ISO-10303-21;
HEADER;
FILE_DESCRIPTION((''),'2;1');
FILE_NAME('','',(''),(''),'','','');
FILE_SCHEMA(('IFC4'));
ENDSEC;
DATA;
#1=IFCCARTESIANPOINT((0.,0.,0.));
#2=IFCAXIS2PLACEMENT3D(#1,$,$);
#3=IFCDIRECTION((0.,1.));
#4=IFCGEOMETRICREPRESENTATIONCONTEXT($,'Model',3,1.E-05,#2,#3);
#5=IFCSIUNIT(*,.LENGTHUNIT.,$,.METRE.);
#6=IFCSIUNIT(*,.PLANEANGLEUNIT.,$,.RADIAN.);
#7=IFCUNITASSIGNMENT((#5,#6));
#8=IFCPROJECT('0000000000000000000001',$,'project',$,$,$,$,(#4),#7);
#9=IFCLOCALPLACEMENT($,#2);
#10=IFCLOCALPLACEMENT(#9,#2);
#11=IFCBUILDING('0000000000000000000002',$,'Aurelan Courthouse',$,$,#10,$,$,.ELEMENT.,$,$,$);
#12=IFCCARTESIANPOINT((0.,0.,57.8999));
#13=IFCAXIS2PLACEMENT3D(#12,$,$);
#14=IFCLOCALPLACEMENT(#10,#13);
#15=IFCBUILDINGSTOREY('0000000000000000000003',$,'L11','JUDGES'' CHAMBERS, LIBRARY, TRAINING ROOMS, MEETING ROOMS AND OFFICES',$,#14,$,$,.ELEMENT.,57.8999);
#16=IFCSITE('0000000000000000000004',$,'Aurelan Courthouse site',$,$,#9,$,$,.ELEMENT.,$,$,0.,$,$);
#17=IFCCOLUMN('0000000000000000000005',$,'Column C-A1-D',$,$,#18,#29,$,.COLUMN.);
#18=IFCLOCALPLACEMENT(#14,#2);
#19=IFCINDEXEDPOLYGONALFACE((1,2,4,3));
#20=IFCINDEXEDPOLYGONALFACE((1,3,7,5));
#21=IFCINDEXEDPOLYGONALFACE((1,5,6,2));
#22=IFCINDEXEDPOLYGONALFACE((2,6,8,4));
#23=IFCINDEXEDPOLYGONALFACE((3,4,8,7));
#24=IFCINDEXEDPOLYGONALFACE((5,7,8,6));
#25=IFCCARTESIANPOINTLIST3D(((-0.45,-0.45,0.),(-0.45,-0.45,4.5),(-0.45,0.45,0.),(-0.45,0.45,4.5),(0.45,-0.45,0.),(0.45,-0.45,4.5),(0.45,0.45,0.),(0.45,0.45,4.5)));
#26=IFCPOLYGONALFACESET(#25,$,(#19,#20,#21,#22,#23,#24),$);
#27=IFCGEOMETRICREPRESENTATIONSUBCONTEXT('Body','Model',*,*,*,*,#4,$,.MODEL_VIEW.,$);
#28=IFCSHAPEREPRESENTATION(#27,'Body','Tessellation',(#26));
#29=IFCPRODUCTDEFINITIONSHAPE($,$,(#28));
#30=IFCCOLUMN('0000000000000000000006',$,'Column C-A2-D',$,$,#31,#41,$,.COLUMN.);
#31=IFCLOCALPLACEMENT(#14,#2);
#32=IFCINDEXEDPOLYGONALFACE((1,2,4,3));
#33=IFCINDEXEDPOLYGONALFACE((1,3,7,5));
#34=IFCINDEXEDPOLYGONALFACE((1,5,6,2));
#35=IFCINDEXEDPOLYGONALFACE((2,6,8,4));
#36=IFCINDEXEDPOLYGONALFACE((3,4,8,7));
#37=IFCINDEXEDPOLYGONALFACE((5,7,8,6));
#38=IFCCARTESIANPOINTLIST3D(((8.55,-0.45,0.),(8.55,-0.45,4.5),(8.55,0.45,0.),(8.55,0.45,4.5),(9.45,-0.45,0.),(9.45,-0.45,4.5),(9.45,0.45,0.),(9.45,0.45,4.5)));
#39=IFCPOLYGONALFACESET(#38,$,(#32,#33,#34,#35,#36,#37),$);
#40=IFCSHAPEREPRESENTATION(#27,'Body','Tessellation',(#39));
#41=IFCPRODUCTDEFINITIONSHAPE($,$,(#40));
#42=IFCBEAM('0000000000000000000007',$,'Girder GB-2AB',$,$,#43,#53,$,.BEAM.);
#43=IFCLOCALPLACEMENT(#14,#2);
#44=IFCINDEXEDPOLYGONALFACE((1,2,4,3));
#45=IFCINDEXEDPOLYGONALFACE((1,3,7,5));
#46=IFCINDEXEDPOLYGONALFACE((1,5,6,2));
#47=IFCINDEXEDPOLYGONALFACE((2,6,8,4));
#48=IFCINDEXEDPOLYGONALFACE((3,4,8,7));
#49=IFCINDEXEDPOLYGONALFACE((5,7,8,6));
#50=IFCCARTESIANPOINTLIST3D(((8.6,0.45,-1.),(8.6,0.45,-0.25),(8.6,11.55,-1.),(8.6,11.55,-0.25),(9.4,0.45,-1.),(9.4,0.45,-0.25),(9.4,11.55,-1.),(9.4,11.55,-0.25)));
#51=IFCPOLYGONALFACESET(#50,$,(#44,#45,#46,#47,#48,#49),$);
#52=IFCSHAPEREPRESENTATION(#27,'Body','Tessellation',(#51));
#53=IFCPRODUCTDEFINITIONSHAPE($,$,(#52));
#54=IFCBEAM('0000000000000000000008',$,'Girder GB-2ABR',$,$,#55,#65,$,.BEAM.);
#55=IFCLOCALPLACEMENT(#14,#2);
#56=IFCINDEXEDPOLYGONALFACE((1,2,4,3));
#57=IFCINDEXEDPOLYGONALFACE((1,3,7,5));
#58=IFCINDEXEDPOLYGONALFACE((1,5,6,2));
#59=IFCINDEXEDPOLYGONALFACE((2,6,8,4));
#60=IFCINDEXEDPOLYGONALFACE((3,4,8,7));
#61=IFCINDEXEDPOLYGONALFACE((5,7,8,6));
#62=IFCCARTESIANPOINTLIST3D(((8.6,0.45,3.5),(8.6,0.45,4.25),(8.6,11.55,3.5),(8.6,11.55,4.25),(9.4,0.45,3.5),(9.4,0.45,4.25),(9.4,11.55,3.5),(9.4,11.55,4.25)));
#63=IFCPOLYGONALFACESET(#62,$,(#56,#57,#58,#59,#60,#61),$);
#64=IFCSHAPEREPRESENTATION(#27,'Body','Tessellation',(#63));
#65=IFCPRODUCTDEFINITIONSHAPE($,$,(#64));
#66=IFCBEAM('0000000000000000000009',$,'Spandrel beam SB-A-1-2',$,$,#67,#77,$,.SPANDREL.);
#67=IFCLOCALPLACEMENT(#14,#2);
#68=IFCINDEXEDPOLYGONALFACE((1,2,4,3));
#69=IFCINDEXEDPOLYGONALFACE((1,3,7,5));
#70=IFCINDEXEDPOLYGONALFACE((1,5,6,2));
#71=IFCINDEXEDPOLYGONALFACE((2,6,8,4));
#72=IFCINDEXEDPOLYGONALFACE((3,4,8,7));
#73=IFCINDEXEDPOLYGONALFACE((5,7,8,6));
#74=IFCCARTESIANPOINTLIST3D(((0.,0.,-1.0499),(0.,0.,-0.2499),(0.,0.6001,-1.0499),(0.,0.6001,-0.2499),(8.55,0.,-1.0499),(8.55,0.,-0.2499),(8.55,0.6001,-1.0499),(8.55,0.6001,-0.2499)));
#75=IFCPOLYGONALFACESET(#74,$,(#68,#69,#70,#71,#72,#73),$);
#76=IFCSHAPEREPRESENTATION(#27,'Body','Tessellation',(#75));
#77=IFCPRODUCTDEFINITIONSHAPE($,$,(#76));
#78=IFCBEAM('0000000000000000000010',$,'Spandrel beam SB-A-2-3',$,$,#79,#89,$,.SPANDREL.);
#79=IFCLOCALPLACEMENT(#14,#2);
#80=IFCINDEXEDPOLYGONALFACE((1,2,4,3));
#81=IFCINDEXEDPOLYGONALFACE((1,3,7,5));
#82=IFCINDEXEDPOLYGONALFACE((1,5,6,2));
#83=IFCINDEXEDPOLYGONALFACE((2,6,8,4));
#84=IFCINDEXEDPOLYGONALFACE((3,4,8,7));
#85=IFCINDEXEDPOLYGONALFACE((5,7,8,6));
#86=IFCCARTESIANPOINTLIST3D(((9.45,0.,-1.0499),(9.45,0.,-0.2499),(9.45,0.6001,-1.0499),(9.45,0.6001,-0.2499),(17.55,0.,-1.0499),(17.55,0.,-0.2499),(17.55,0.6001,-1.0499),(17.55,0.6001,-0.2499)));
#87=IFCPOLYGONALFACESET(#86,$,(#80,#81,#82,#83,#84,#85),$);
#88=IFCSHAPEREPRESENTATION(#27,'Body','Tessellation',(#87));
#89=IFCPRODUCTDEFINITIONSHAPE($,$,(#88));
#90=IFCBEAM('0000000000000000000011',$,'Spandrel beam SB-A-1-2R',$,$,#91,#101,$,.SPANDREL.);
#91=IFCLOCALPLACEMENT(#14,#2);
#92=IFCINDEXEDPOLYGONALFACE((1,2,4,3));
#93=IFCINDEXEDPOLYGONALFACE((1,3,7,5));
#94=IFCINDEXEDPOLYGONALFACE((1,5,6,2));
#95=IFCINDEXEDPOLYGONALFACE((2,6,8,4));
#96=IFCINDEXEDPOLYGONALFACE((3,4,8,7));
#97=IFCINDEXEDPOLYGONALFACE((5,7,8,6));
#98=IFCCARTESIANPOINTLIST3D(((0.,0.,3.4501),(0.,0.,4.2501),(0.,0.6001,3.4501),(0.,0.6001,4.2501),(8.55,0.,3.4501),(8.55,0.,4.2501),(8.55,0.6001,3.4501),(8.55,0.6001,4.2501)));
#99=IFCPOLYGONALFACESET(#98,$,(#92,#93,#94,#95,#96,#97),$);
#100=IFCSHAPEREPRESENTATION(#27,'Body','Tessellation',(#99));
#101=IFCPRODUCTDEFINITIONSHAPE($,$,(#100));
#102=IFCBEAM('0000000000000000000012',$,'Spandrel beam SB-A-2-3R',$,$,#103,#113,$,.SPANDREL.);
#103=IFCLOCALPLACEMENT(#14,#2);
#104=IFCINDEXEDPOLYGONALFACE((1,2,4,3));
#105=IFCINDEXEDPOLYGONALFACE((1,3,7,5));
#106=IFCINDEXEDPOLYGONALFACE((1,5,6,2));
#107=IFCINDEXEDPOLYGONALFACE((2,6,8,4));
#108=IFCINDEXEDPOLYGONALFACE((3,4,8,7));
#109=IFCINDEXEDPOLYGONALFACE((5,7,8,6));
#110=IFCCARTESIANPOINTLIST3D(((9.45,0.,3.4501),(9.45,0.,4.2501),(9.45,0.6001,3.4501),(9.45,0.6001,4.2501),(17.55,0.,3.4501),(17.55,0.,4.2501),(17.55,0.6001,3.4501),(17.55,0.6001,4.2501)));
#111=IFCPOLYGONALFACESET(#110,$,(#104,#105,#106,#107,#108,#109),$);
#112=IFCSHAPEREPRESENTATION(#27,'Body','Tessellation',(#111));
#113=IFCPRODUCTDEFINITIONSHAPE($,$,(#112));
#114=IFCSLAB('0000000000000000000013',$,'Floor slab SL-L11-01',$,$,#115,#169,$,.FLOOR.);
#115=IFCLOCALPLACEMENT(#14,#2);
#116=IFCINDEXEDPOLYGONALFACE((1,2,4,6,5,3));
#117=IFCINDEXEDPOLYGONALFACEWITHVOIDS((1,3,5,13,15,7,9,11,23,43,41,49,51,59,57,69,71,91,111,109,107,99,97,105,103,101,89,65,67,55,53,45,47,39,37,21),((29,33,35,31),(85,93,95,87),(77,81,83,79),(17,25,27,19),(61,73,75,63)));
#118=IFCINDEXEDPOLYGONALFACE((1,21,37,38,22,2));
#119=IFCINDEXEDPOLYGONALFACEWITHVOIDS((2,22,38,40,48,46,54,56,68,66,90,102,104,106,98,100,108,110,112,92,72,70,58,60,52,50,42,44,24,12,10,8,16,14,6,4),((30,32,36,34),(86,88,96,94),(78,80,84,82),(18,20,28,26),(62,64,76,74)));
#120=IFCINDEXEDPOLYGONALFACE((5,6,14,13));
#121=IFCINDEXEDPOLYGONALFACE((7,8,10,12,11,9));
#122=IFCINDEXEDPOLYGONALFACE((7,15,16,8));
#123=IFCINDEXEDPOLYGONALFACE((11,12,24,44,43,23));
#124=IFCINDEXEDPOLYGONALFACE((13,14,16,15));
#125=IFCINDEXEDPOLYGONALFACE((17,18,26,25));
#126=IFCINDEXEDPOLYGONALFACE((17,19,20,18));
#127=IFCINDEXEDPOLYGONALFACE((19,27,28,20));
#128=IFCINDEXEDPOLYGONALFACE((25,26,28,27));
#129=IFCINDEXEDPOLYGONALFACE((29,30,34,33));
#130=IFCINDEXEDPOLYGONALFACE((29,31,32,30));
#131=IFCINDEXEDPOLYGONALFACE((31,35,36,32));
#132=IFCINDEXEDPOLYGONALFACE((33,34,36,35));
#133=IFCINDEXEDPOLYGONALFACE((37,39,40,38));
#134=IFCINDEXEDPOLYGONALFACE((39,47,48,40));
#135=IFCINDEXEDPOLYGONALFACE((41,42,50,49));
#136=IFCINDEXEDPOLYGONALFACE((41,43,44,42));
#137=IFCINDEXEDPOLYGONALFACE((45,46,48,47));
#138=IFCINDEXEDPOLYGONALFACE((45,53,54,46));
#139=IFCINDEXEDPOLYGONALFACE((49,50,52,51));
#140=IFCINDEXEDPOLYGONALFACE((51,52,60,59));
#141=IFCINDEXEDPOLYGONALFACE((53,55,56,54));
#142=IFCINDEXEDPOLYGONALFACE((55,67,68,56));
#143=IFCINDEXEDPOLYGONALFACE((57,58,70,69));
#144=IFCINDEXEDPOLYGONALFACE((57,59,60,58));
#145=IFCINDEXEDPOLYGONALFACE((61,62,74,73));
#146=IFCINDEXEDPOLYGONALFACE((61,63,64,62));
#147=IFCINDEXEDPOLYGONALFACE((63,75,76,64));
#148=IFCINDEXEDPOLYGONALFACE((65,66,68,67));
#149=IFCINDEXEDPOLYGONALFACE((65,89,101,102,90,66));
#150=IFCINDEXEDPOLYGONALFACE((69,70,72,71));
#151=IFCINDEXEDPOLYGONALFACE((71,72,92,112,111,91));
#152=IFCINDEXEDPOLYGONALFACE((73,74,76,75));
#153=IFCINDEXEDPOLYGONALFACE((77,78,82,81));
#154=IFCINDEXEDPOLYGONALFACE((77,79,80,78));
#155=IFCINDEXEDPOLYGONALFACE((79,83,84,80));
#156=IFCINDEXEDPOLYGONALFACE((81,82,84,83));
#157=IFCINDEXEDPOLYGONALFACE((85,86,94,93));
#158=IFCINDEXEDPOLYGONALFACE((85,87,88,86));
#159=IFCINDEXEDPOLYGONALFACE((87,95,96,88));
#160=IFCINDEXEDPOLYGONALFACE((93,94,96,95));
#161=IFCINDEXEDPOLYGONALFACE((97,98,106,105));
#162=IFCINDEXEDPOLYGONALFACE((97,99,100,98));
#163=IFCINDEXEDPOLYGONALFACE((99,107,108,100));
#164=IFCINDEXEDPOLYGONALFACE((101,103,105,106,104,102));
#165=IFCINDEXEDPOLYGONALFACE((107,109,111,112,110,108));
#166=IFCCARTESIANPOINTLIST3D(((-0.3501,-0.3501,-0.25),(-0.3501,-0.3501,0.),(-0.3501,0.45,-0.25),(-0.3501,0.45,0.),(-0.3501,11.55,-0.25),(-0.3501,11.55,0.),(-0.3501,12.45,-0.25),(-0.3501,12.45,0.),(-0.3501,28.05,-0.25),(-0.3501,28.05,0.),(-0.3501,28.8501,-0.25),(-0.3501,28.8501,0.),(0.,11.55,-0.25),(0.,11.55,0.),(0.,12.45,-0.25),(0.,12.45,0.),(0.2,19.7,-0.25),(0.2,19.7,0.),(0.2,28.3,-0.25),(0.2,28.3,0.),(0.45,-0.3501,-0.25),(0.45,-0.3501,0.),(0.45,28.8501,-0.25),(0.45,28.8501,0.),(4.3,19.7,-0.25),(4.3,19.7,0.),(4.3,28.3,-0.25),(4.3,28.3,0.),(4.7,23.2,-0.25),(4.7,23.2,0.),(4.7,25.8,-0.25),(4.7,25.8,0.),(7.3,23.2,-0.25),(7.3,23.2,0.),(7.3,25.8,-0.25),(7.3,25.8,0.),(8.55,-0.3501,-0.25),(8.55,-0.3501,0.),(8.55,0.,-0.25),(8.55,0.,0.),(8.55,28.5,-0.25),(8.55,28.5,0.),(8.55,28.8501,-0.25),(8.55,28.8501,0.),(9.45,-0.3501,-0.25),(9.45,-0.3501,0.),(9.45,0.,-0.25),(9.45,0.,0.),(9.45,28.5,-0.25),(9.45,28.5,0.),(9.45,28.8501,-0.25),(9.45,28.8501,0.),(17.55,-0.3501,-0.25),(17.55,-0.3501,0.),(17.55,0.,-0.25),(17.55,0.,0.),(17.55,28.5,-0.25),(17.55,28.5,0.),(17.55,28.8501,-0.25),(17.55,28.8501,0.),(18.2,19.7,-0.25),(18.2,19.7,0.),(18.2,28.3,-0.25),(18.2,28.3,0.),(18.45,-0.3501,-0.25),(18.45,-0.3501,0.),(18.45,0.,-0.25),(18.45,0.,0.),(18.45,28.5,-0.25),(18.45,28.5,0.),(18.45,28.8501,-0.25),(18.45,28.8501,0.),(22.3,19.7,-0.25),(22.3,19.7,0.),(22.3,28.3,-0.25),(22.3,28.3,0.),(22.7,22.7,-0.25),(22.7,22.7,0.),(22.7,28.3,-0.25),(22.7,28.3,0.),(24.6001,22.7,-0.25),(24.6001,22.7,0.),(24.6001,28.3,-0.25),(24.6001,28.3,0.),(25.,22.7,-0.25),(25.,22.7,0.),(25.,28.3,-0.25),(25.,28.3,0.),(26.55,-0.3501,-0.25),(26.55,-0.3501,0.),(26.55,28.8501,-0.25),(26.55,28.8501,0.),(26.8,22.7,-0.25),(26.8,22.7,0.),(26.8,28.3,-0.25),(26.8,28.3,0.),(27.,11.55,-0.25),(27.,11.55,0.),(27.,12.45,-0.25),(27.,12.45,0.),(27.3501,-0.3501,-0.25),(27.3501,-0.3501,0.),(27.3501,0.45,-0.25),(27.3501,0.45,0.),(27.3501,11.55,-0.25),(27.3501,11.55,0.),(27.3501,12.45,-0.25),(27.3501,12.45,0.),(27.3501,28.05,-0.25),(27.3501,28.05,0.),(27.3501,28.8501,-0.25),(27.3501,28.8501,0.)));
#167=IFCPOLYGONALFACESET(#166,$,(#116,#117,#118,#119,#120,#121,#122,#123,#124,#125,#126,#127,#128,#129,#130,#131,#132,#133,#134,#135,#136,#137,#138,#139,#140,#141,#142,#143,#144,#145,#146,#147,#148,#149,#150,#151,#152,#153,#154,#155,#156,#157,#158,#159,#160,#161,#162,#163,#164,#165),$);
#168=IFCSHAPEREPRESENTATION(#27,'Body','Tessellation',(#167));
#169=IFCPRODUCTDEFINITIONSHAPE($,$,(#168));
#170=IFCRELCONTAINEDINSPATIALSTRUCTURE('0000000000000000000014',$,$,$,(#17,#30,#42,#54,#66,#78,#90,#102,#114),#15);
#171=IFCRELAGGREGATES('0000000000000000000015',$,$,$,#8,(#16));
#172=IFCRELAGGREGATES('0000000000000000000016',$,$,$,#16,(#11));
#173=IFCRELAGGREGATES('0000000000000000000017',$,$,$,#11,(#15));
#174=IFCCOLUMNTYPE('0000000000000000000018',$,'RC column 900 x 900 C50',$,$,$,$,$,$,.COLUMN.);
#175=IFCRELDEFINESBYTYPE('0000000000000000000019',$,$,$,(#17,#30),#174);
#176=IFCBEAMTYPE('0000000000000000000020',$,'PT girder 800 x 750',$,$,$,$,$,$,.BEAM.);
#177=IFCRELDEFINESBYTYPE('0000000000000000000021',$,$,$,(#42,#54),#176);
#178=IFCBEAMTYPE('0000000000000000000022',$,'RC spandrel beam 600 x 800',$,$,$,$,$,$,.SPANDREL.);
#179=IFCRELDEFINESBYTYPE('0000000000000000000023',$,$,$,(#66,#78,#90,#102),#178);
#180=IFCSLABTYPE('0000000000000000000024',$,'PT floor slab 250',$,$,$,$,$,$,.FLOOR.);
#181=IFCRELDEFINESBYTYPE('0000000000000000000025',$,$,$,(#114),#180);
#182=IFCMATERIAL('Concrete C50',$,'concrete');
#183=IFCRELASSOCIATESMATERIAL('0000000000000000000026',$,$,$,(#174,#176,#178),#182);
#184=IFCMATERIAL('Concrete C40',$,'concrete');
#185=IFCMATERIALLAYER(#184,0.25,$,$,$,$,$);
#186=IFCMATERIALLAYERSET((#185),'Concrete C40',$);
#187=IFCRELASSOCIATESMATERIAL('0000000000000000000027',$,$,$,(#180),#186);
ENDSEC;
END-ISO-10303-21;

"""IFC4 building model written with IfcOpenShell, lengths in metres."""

from ifc_helpers import new_model, si_unit, direction, frame, origin, origin_2d, place, context, subcontext, project, spatial, polyline, rectangle, outline, extrude, material, layer, layer_set, material_profile, profile_set, type_object, element, save


model = new_model("IFC4")

# Units and contexts
model_context = context("Model", 3, precision=1e-05, world=origin(), true_north=direction((0.0, 1.0)))
body_context = subcontext(model_context, "Body", "Model", "MODEL_VIEW")
ifc_project = project(units=[si_unit("LENGTHUNIT", "METRE"), si_unit("PLANEANGLEUNIT", "RADIAN")], contexts=[model_context])

# Site, building, storey
site_placement = place(None, origin())
site = spatial("IfcSite", under=ifc_project, at=site_placement, Name="Aurelan Courthouse site", CompositionType="ELEMENT", RefElevation=0.0)
building_placement = place(site_placement, origin())
building = spatial("IfcBuilding", under=site, at=building_placement, Name="Aurelan Courthouse", CompositionType="ELEMENT")
storey_placement = place(building_placement, frame((0.0, 0.0, 57.8999)))
storey = spatial("IfcBuildingStorey", under=building, at=storey_placement, Name="L11", Description="JUDGES' CHAMBERS, LIBRARY, TRAINING ROOMS, MEETING ROOMS AND OFFICES", CompositionType="ELEMENT", Elevation=57.8999)

# Columns
ifc_material_1 = material(Name="Concrete C50", Category="concrete")
ifc_material_profile_1 = material_profile(ifc_material_1, rectangle(XDim=0.8999, YDim=0.8999, at=origin_2d()), Name="RC 900 x 900")
ifc_profile_set_1 = profile_set([ifc_material_profile_1], Name="Concrete C50")
column_type = type_object("IfcColumnType", Name="RC column 900 x 900 C50", PredefinedType="COLUMN", material=ifc_profile_set_1)
for number, where, z_axis, x_axis, name in (
    (1, (0.0, 0.0, 0.0), (0.0, 0.0, 1.0), (1.0, 0.0, 0.0), "Column C-A1-D"),
    (2, (9.0, 0.0, 0.0), (0.0, 0.0, 1.0), (1.0, 0.0, 0.0), "Column C-A2-D"),
):
    element("IfcColumn", number, at=place(storey_placement, frame(where, z_axis=z_axis, x_axis=x_axis)), inside=storey, type_object=column_type, Name=name, PredefinedType="COLUMN", context=body_context, shape_type="SweptSolid", body=[
        extrude(rectangle(XDim=0.8999, YDim=0.8999, at=origin_2d()), origin(), (0.0, 0.0, 1.0), 4.5),
    ])

# Beams
ifc_material_profile_2 = material_profile(ifc_material_1, rectangle(XDim=0.8, YDim=0.75, at=origin_2d()), Name="RC 800 x 750")
ifc_profile_set_2 = profile_set([ifc_material_profile_2], Name="Concrete C50")
beam_type_1 = type_object("IfcBeamType", Name="PT girder 800 x 750", PredefinedType="BEAM", material=ifc_profile_set_2)
for number, where, z_axis, x_axis, name in (
    (3, (9.0, 0.45, -0.625), (0.0, 1.0, 0.0), (-1.0, 0.0, 0.0), "Girder GB-2AB"),
    (4, (9.0, 0.45, 3.875), (0.0, 1.0, 0.0), (-1.0, 0.0, 0.0), "Girder GB-2ABR"),
):
    element("IfcBeam", number, at=place(storey_placement, frame(where, z_axis=z_axis, x_axis=x_axis)), inside=storey, type_object=beam_type_1, Name=name, PredefinedType="BEAM", context=body_context, shape_type="SweptSolid", body=[
        extrude(rectangle(XDim=0.8, YDim=0.75, at=origin_2d()), origin(), (0.0, 0.0, 1.0), 11.1001),
    ])
ifc_material_profile_3 = material_profile(ifc_material_1, rectangle(XDim=0.6001, YDim=0.8, at=origin_2d()), Name="RC 600 x 800")
ifc_profile_set_3 = profile_set([ifc_material_profile_3], Name="Concrete C50")
beam_type_2 = type_object("IfcBeamType", Name="RC spandrel beam 600 x 800", PredefinedType="SPANDREL", material=ifc_profile_set_3)
beam_1_placement = place(storey_placement, frame((0.0, 0.3, -0.6499), z_axis=(1.0, 0.0, 0.0), x_axis=(0.0, 1.0, 0.0)))
element("IfcBeam", 5, at=beam_1_placement, inside=storey, type_object=beam_type_2, Name="Spandrel beam SB-A-1-2", PredefinedType="SPANDREL", context=body_context, shape_type="SweptSolid", body=[
    extrude(rectangle(XDim=0.6001, YDim=0.8, at=origin_2d()), origin(), (0.0, 0.0, 1.0), 8.55),
])
beam_2_placement = place(storey_placement, frame((9.45, 0.3, -0.6499), z_axis=(1.0, 0.0, 0.0), x_axis=(0.0, 1.0, 0.0)))
element("IfcBeam", 6, at=beam_2_placement, inside=storey, type_object=beam_type_2, Name="Spandrel beam SB-A-2-3", PredefinedType="SPANDREL", context=body_context, shape_type="SweptSolid", body=[
    extrude(rectangle(XDim=0.6001, YDim=0.8, at=origin_2d()), origin(), (0.0, 0.0, 1.0), 8.1001),
])
beam_3_placement = place(storey_placement, frame((0.0, 0.3, 3.8501), z_axis=(1.0, 0.0, 0.0), x_axis=(0.0, 1.0, 0.0)))
element("IfcBeam", 7, at=beam_3_placement, inside=storey, type_object=beam_type_2, Name="Spandrel beam SB-A-1-2R", PredefinedType="SPANDREL", context=body_context, shape_type="SweptSolid", body=[
    extrude(rectangle(XDim=0.6001, YDim=0.8, at=origin_2d()), origin(), (0.0, 0.0, 1.0), 8.55),
])
beam_4_placement = place(storey_placement, frame((9.45, 0.3, 3.8501), z_axis=(1.0, 0.0, 0.0), x_axis=(0.0, 1.0, 0.0)))
element("IfcBeam", 8, at=beam_4_placement, inside=storey, type_object=beam_type_2, Name="Spandrel beam SB-A-2-3R", PredefinedType="SPANDREL", context=body_context, shape_type="SweptSolid", body=[
    extrude(rectangle(XDim=0.6001, YDim=0.8, at=origin_2d()), origin(), (0.0, 0.0, 1.0), 8.1001),
])

# Slab
ifc_material_2 = material(Name="Concrete C40", Category="concrete")
ifc_layer_1 = layer(ifc_material_2, 0.25)
ifc_layer_set_1 = layer_set([ifc_layer_1], Name="Concrete C40")
slab_type_1 = type_object("IfcSlabType", Name="PT floor slab 250", PredefinedType="FLOOR", material=ifc_layer_set_1)
slab_1_placement = place(storey_placement, frame((0.0, 0.0, -0.25)))
element("IfcSlab", 9, at=slab_1_placement, inside=storey, type_object=slab_type_1, Name="Floor slab SL-L11-01", PredefinedType="FLOOR", context=body_context, shape_type="SweptSolid", body=[
    extrude(outline(polyline([(0.0, 12.45), (0.0, 11.55), (-0.3501, 11.55), (-0.3501, 0.45), (-0.3501, -0.3501), (0.45, -0.3501), (8.55, -0.3501), (8.55, 0.0), (9.45, 0.0), (9.45, -0.3501), (17.55, -0.3501), (17.55, 0.0), (18.45, 0.0), (18.45, -0.3501), (26.55, -0.3501), (27.3501, -0.3501), (27.3501, 0.45), (27.3501, 11.55), (27.0, 11.55), (27.0, 12.45), (27.3501, 12.45), (27.3501, 28.05), (27.3501, 28.8501), (26.55, 28.8501), (18.45, 28.8501), (18.45, 28.5), (17.55, 28.5), (17.55, 28.8501), (9.45, 28.8501), (9.45, 28.5), (8.55, 28.5), (8.55, 28.8501), (0.45, 28.8501), (-0.3501, 28.8501), (-0.3501, 28.05), (-0.3501, 12.45), (0.0, 12.45)]), holes=[polyline([(26.8, 28.3), (26.8, 22.7), (25.0, 22.7), (25.0, 28.3), (26.8, 28.3)]), polyline([(22.7, 28.3), (24.6001, 28.3), (24.6001, 22.7), (22.7, 22.7), (22.7, 28.3)]), polyline([(22.3, 28.3), (22.3, 19.7), (18.2, 19.7), (18.2, 28.3), (22.3, 28.3)]), polyline([(4.7, 23.2), (4.7, 25.8), (7.3, 25.8), (7.3, 23.2), (4.7, 23.2)]), polyline([(4.3, 19.7), (0.2, 19.7), (0.2, 28.3), (4.3, 28.3), (4.3, 19.7)])]), origin(), (0.0, 0.0, 1.0), 0.25),
])

save(model, "model.ifc")
